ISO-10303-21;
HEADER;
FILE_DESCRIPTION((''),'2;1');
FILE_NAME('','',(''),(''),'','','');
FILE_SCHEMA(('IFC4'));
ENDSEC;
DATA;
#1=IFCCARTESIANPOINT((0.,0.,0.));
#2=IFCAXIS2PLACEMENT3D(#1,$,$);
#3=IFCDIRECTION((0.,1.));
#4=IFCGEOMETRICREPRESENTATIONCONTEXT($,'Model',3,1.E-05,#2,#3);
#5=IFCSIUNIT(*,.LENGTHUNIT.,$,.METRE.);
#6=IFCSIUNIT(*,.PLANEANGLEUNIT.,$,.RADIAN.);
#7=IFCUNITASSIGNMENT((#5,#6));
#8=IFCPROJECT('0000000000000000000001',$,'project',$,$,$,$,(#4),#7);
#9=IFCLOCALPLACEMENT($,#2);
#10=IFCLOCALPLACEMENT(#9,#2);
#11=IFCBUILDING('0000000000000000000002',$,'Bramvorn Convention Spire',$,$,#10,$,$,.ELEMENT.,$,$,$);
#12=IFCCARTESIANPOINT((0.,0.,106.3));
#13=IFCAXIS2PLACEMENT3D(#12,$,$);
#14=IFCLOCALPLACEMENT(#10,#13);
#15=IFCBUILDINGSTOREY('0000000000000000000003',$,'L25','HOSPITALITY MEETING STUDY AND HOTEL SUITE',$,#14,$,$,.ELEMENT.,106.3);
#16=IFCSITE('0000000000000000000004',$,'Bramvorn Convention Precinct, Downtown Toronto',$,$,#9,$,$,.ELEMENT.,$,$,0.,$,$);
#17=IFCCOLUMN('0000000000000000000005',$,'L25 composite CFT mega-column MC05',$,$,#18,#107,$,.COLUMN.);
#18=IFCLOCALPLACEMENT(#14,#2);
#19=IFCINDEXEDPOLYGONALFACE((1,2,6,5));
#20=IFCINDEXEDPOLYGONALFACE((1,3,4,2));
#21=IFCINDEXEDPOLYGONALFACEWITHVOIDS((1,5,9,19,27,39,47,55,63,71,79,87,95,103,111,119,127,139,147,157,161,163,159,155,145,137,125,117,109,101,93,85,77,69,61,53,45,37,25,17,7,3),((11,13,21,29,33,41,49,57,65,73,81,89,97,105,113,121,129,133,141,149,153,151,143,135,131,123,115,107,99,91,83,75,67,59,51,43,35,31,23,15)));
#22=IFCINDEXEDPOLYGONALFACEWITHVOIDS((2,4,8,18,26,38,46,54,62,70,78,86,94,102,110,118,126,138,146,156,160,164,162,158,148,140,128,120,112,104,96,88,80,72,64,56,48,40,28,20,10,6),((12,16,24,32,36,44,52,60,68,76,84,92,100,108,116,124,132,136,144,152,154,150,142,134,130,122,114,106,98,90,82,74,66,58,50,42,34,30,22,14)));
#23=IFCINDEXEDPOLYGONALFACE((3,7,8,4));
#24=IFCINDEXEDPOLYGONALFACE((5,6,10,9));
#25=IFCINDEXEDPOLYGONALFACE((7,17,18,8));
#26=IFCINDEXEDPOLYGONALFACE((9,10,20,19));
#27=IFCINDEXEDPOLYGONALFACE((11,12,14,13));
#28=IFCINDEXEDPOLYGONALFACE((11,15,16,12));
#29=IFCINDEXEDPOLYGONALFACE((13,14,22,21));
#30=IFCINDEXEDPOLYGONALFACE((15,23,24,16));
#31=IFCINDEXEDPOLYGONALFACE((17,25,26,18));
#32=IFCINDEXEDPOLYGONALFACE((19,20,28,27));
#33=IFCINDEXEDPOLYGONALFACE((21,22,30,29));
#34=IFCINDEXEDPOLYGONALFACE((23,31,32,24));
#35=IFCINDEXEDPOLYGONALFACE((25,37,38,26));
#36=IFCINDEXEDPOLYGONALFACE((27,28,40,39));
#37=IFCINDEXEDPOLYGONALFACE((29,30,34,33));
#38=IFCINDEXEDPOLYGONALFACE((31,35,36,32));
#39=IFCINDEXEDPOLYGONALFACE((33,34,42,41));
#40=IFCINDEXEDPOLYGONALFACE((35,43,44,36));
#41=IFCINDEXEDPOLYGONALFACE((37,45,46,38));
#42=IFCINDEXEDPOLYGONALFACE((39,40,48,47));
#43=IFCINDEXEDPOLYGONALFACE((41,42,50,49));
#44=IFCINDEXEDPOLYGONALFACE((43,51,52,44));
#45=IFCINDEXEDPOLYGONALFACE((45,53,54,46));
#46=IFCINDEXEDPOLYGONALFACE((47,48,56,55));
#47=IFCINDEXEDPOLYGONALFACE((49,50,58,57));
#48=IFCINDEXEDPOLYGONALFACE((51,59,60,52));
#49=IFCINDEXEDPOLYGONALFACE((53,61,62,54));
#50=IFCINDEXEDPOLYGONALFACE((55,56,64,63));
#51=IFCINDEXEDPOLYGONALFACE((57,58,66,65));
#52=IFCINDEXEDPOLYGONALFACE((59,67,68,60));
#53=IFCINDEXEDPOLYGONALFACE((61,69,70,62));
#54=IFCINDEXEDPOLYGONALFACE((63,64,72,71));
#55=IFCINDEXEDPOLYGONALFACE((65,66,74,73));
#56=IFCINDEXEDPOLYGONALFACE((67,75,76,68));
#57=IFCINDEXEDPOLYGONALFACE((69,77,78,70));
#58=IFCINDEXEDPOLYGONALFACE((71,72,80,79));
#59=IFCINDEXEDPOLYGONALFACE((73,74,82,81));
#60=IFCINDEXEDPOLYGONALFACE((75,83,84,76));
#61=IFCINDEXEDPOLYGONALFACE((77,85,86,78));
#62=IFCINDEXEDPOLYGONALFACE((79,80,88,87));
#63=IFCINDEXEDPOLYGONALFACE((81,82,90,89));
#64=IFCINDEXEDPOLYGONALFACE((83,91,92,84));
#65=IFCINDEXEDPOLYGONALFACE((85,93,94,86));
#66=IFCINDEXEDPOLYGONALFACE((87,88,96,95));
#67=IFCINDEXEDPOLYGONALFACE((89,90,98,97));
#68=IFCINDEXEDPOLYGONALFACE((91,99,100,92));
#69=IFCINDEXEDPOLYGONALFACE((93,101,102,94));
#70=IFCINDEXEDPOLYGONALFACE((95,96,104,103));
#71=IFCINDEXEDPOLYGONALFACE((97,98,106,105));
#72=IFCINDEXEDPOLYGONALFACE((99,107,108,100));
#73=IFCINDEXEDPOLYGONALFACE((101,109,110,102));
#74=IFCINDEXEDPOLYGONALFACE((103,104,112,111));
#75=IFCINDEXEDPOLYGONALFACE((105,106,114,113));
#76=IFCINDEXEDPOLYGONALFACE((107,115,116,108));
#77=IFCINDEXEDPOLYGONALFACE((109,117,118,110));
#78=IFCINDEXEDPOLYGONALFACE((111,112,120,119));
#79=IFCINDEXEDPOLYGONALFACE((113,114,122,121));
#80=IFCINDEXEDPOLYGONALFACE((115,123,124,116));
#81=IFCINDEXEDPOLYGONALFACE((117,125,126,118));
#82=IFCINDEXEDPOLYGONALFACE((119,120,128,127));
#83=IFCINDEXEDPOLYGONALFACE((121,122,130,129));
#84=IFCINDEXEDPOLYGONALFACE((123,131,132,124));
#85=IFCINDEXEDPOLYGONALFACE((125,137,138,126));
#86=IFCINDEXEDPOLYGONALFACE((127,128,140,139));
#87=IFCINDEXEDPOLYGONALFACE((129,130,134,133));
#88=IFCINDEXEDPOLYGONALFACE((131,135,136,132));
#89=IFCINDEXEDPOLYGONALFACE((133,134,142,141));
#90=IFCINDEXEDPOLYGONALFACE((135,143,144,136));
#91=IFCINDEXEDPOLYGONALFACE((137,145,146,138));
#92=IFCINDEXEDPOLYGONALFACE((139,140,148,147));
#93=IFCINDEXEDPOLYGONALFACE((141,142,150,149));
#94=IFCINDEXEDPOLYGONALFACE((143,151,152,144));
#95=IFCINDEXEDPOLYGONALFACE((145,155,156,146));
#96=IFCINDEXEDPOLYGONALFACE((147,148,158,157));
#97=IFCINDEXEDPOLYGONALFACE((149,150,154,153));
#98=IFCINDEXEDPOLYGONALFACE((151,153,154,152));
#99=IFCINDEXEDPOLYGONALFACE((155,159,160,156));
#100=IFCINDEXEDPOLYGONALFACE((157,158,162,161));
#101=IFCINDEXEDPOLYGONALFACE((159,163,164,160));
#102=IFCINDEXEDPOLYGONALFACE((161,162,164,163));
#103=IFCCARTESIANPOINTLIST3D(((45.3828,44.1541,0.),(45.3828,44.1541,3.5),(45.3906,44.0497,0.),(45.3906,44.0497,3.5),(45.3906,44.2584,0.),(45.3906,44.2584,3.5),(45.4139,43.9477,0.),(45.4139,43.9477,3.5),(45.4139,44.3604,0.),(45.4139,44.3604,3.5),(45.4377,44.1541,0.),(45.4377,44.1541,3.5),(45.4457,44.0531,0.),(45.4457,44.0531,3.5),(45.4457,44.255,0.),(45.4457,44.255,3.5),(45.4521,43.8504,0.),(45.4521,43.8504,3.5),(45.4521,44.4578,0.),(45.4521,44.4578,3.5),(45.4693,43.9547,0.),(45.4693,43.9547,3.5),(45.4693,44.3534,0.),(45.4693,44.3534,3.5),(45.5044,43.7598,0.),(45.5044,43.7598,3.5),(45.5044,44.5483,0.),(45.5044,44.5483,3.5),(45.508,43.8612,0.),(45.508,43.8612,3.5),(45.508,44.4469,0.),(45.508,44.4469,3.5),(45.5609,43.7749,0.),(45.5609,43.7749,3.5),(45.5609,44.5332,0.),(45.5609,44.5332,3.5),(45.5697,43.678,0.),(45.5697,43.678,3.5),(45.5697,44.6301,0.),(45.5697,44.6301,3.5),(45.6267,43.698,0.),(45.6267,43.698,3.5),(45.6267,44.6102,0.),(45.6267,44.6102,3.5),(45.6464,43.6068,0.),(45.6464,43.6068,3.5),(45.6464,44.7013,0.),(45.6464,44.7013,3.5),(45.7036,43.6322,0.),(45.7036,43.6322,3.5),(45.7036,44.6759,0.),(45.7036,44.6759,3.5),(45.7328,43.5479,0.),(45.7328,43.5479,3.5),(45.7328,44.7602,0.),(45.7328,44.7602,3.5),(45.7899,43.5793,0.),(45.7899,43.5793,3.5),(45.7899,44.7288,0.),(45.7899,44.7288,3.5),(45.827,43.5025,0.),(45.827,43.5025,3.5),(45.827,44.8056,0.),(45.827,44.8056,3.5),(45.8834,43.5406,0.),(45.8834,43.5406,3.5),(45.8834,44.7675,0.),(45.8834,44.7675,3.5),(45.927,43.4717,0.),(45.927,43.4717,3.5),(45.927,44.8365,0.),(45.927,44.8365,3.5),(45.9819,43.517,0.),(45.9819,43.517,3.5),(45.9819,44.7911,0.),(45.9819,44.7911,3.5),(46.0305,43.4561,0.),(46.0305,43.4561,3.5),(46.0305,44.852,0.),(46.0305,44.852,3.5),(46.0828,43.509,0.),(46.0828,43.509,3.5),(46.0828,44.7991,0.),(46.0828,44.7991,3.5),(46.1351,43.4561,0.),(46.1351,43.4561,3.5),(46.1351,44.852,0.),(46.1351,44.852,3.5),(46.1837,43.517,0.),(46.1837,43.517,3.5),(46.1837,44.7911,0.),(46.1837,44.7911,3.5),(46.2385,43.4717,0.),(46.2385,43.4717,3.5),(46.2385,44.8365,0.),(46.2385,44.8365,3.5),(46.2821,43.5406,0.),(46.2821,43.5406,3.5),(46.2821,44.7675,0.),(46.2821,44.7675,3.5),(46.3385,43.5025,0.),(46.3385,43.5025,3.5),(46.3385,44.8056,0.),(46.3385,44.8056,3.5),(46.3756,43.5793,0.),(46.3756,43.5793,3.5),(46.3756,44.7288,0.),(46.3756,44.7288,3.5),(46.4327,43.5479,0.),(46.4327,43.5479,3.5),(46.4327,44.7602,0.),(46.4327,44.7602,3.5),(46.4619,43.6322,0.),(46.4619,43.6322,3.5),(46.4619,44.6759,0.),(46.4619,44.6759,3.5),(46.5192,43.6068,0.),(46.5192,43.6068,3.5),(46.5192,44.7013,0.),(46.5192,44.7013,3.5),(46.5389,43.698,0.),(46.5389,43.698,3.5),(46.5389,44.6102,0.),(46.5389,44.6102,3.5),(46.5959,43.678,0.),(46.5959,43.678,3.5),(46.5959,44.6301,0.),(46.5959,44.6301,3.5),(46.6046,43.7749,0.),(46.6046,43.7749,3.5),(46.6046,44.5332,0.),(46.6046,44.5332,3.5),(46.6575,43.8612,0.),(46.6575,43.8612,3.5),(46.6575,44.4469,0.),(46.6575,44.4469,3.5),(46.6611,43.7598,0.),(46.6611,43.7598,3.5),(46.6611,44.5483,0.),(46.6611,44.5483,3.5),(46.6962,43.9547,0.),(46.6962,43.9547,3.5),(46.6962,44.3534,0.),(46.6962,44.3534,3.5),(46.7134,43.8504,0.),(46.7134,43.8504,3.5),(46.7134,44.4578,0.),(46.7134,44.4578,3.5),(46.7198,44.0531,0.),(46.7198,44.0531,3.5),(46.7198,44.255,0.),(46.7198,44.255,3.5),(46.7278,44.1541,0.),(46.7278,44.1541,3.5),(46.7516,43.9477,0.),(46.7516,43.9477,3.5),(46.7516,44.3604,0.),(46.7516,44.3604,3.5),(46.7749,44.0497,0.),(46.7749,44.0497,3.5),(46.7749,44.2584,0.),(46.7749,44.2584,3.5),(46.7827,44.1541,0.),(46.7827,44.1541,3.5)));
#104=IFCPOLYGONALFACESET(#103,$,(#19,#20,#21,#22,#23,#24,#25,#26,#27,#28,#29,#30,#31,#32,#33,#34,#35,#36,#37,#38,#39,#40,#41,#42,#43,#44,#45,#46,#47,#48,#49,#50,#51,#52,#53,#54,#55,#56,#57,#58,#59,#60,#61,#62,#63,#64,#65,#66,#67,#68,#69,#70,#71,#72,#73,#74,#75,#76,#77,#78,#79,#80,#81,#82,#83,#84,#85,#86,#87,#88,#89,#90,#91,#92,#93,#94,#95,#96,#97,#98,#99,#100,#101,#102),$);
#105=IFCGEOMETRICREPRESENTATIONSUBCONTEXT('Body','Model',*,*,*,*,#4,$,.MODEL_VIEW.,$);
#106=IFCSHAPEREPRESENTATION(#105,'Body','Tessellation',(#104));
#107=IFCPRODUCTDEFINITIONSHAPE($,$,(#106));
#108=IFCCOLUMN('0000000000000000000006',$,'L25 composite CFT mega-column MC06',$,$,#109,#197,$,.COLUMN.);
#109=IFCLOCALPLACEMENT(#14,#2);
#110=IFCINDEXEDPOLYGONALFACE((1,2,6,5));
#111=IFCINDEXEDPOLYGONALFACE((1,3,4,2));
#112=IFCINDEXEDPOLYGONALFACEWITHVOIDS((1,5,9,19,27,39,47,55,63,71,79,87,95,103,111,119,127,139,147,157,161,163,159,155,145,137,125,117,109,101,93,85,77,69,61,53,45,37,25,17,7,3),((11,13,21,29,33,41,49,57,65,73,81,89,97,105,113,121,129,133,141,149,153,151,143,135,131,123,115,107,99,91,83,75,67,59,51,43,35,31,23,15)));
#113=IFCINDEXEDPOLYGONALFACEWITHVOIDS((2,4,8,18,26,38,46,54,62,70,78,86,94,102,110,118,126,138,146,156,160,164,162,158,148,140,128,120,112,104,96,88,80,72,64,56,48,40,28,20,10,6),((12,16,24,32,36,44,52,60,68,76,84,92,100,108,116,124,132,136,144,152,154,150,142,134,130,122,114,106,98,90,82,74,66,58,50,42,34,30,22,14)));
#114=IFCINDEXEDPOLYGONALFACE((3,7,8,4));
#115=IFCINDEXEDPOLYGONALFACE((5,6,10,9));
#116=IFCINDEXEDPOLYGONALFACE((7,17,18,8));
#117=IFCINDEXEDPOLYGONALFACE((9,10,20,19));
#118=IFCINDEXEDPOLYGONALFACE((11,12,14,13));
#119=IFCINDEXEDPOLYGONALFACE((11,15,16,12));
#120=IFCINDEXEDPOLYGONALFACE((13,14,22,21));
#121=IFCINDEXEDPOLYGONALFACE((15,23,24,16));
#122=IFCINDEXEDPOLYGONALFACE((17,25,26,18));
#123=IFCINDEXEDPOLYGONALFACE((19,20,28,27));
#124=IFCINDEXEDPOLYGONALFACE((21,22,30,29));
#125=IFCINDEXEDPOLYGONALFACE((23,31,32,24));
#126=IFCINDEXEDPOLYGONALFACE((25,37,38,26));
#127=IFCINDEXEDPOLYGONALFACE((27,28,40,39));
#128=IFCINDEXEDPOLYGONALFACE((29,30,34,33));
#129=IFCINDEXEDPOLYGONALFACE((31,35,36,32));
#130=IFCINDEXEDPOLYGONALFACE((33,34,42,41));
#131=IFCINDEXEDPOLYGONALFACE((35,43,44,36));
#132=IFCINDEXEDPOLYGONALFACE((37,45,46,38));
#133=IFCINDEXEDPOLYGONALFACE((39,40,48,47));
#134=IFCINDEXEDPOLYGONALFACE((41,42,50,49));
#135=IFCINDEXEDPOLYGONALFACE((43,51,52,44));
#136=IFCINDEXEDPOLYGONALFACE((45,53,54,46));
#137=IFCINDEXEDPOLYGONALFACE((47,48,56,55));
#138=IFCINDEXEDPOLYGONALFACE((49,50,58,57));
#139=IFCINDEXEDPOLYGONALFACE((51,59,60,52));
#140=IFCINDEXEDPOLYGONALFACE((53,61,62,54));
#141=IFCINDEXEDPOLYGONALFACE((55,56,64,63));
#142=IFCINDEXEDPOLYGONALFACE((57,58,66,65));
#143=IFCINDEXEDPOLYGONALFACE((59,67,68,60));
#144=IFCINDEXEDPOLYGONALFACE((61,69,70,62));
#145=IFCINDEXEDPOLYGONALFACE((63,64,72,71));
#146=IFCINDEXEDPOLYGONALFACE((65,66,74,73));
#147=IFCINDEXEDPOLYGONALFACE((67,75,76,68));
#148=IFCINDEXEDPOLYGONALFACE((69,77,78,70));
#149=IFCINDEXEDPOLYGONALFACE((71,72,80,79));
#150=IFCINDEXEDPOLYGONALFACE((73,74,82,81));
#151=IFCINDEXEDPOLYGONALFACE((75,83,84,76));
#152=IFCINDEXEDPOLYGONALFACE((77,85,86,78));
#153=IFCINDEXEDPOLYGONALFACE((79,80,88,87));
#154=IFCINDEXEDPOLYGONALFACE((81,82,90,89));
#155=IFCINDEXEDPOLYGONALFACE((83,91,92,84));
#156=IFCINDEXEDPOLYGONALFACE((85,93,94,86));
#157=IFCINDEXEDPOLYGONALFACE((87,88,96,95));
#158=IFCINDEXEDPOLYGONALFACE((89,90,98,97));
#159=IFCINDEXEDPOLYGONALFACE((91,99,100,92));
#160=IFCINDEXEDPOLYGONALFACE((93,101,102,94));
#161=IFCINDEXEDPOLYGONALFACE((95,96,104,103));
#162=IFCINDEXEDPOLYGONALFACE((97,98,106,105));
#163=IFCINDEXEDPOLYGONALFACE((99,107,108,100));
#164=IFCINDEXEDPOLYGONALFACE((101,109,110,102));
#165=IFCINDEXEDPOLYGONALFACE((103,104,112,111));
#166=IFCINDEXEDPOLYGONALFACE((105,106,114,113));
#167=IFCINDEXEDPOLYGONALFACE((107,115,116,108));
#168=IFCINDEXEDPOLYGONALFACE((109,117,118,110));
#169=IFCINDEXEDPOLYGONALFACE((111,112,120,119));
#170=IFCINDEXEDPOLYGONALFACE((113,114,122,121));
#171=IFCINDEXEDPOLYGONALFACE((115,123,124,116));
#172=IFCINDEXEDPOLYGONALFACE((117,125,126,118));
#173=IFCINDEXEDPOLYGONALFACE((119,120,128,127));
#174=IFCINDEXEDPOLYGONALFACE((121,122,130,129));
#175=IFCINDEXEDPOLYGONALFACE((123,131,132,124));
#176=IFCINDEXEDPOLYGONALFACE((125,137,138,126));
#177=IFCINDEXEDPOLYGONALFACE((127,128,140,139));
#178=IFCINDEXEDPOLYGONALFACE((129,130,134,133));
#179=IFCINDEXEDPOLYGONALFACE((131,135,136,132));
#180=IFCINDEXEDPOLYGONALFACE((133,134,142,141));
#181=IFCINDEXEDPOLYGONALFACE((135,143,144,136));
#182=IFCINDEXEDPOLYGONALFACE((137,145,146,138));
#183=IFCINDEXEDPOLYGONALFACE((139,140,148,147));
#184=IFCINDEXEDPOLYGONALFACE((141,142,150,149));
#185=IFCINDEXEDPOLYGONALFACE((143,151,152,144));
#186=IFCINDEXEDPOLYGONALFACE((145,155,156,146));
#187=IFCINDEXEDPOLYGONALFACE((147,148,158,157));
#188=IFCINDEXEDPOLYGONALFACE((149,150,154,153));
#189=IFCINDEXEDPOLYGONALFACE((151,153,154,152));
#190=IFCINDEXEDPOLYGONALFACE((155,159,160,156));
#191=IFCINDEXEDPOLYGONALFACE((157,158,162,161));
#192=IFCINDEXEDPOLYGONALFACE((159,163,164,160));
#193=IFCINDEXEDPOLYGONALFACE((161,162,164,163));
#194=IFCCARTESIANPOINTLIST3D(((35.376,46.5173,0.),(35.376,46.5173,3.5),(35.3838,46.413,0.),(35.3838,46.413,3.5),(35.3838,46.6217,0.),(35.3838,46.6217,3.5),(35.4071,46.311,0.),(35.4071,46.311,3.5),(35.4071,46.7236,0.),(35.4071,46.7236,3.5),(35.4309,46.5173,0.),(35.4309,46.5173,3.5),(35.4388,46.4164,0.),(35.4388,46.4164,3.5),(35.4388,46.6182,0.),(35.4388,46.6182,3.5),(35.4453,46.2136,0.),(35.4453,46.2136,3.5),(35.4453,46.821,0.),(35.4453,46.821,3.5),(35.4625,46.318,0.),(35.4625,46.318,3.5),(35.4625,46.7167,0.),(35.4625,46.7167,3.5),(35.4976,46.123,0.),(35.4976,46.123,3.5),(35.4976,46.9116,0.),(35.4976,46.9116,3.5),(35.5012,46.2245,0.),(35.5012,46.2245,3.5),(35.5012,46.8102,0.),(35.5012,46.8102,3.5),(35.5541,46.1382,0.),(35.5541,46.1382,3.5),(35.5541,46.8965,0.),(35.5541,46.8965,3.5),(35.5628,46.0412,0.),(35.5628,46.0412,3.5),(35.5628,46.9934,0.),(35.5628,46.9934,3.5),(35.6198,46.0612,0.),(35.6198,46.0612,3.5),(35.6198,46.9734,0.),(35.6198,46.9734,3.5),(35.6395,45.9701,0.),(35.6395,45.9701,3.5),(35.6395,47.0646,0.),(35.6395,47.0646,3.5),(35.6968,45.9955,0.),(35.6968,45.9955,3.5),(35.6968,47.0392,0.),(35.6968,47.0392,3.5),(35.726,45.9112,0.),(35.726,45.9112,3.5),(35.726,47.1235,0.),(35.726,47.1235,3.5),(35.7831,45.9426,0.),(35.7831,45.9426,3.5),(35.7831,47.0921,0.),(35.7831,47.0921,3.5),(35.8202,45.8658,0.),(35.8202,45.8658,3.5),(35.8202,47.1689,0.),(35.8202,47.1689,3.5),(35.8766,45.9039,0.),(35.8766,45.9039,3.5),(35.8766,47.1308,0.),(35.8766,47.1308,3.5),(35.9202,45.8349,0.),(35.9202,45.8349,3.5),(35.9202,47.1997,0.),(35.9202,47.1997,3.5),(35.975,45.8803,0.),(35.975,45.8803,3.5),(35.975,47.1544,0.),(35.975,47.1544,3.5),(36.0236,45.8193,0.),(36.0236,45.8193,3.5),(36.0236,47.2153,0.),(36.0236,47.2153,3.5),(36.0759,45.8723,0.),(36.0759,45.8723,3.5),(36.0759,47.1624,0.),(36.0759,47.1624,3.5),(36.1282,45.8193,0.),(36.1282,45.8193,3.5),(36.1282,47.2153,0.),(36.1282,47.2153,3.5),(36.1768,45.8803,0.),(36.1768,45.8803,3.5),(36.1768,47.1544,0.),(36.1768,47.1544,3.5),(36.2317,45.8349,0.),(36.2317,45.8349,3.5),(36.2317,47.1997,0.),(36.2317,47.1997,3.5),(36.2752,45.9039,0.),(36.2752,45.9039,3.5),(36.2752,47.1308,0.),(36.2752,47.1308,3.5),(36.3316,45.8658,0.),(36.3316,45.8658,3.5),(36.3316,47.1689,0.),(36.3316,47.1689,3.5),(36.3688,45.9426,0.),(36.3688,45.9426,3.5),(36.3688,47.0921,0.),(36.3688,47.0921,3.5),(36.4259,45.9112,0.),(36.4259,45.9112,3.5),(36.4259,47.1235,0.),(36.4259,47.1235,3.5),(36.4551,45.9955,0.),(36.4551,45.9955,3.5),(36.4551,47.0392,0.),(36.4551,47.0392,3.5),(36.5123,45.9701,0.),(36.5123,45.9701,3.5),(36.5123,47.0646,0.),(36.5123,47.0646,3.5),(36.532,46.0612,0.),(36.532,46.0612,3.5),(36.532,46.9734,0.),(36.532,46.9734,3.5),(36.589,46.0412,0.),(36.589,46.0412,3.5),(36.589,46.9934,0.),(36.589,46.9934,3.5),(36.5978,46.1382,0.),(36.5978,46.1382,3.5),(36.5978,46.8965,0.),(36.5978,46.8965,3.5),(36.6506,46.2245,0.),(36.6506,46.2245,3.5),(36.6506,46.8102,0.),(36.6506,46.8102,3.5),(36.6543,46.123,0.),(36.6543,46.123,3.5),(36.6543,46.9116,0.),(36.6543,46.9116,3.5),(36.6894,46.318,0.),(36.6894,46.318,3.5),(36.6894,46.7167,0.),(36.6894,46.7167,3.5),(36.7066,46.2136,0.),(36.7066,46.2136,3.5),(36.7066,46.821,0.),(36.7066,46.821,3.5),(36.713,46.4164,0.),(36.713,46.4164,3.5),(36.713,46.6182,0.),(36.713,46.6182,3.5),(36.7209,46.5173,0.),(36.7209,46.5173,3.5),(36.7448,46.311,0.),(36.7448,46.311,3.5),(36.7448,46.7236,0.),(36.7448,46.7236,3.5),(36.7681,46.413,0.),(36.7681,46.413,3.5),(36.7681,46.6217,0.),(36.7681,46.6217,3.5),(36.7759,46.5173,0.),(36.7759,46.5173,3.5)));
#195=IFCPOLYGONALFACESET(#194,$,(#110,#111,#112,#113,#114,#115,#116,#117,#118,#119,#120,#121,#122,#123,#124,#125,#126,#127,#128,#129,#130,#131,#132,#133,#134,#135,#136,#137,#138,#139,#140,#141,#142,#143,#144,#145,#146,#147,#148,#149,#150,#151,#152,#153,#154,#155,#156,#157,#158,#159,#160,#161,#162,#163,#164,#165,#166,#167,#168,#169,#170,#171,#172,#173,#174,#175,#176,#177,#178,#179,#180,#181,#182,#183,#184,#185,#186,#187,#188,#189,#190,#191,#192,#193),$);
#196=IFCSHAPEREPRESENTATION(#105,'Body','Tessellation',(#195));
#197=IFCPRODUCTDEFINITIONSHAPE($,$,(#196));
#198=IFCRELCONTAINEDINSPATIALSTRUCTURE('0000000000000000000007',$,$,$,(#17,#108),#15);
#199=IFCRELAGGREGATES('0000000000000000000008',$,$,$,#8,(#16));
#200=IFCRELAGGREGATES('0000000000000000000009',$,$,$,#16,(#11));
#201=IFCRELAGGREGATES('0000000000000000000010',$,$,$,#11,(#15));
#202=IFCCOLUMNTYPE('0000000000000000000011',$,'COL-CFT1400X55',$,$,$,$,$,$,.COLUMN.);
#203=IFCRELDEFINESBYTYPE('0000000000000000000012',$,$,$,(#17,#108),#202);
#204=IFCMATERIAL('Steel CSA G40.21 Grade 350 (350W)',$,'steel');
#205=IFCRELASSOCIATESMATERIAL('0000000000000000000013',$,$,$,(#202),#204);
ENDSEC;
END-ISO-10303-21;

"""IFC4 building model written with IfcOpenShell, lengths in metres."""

from ifc_helpers import new_model, si_unit, direction, frame, origin, origin_2d, place, context, subcontext, project, spatial, hollow_circle, extrude, material, material_profile, profile_set, type_object, element, save


model = new_model("IFC4")

# Units and contexts
model_context = context("Model", 3, precision=1e-05, world=origin(), true_north=direction((0.0, 1.0)))
body_context = subcontext(model_context, "Body", "Model", "MODEL_VIEW")
ifc_project = project(units=[si_unit("LENGTHUNIT", "METRE"), si_unit("PLANEANGLEUNIT", "RADIAN")], contexts=[model_context])

# Site, building, storey
site_placement = place(None, origin())
site = spatial("IfcSite", under=ifc_project, at=site_placement, Name="Bramvorn Convention Precinct, Downtown Toronto", CompositionType="ELEMENT", RefElevation=0.0)
building_placement = place(site_placement, origin())
building = spatial("IfcBuilding", under=site, at=building_placement, Name="Bramvorn Convention Spire", CompositionType="ELEMENT")
storey_placement = place(building_placement, frame((0.0, 0.0, 106.3)))
storey = spatial("IfcBuildingStorey", under=building, at=storey_placement, Name="L25", Description="HOSPITALITY MEETING STUDY AND HOTEL SUITE", CompositionType="ELEMENT", Elevation=106.3)

# Columns
ifc_material_1 = material(Name="Steel CSA G40.21 Grade 350 (350W)", Category="steel")
ifc_material_profile_1 = material_profile(ifc_material_1, hollow_circle(Radius=0.7, WallThickness=0.0549, at=origin_2d()))
ifc_profile_set_1 = profile_set([ifc_material_profile_1], Name="Steel CSA G40.21 Grade 350 (350W) - CFT1400X55")
column_type = type_object("IfcColumnType", Name="COL-CFT1400X55", PredefinedType="COLUMN", material=ifc_profile_set_1)
for number, where, z_axis, x_axis, name in (
    (1, (46.0828, 44.1541, 0.0), (0.0, 0.0, 1.0), (1.0, 0.0, 0.0), "L25 composite CFT mega-column MC05"),
    (2, (36.0759, 46.5173, 0.0), (0.0, 0.0, 1.0), (1.0, 0.0, 0.0), "L25 composite CFT mega-column MC06"),
):
    element("IfcColumn", number, at=place(storey_placement, frame(where, z_axis=z_axis, x_axis=x_axis)), inside=storey, type_object=column_type, Name=name, PredefinedType="COLUMN", context=body_context, shape_type="SweptSolid", body=[
        extrude(hollow_circle(Radius=0.7, WallThickness=0.0549, at=origin_2d()), origin(), (0.0, 0.0, 1.0), 3.5),
    ])

save(model, "model.ifc")
